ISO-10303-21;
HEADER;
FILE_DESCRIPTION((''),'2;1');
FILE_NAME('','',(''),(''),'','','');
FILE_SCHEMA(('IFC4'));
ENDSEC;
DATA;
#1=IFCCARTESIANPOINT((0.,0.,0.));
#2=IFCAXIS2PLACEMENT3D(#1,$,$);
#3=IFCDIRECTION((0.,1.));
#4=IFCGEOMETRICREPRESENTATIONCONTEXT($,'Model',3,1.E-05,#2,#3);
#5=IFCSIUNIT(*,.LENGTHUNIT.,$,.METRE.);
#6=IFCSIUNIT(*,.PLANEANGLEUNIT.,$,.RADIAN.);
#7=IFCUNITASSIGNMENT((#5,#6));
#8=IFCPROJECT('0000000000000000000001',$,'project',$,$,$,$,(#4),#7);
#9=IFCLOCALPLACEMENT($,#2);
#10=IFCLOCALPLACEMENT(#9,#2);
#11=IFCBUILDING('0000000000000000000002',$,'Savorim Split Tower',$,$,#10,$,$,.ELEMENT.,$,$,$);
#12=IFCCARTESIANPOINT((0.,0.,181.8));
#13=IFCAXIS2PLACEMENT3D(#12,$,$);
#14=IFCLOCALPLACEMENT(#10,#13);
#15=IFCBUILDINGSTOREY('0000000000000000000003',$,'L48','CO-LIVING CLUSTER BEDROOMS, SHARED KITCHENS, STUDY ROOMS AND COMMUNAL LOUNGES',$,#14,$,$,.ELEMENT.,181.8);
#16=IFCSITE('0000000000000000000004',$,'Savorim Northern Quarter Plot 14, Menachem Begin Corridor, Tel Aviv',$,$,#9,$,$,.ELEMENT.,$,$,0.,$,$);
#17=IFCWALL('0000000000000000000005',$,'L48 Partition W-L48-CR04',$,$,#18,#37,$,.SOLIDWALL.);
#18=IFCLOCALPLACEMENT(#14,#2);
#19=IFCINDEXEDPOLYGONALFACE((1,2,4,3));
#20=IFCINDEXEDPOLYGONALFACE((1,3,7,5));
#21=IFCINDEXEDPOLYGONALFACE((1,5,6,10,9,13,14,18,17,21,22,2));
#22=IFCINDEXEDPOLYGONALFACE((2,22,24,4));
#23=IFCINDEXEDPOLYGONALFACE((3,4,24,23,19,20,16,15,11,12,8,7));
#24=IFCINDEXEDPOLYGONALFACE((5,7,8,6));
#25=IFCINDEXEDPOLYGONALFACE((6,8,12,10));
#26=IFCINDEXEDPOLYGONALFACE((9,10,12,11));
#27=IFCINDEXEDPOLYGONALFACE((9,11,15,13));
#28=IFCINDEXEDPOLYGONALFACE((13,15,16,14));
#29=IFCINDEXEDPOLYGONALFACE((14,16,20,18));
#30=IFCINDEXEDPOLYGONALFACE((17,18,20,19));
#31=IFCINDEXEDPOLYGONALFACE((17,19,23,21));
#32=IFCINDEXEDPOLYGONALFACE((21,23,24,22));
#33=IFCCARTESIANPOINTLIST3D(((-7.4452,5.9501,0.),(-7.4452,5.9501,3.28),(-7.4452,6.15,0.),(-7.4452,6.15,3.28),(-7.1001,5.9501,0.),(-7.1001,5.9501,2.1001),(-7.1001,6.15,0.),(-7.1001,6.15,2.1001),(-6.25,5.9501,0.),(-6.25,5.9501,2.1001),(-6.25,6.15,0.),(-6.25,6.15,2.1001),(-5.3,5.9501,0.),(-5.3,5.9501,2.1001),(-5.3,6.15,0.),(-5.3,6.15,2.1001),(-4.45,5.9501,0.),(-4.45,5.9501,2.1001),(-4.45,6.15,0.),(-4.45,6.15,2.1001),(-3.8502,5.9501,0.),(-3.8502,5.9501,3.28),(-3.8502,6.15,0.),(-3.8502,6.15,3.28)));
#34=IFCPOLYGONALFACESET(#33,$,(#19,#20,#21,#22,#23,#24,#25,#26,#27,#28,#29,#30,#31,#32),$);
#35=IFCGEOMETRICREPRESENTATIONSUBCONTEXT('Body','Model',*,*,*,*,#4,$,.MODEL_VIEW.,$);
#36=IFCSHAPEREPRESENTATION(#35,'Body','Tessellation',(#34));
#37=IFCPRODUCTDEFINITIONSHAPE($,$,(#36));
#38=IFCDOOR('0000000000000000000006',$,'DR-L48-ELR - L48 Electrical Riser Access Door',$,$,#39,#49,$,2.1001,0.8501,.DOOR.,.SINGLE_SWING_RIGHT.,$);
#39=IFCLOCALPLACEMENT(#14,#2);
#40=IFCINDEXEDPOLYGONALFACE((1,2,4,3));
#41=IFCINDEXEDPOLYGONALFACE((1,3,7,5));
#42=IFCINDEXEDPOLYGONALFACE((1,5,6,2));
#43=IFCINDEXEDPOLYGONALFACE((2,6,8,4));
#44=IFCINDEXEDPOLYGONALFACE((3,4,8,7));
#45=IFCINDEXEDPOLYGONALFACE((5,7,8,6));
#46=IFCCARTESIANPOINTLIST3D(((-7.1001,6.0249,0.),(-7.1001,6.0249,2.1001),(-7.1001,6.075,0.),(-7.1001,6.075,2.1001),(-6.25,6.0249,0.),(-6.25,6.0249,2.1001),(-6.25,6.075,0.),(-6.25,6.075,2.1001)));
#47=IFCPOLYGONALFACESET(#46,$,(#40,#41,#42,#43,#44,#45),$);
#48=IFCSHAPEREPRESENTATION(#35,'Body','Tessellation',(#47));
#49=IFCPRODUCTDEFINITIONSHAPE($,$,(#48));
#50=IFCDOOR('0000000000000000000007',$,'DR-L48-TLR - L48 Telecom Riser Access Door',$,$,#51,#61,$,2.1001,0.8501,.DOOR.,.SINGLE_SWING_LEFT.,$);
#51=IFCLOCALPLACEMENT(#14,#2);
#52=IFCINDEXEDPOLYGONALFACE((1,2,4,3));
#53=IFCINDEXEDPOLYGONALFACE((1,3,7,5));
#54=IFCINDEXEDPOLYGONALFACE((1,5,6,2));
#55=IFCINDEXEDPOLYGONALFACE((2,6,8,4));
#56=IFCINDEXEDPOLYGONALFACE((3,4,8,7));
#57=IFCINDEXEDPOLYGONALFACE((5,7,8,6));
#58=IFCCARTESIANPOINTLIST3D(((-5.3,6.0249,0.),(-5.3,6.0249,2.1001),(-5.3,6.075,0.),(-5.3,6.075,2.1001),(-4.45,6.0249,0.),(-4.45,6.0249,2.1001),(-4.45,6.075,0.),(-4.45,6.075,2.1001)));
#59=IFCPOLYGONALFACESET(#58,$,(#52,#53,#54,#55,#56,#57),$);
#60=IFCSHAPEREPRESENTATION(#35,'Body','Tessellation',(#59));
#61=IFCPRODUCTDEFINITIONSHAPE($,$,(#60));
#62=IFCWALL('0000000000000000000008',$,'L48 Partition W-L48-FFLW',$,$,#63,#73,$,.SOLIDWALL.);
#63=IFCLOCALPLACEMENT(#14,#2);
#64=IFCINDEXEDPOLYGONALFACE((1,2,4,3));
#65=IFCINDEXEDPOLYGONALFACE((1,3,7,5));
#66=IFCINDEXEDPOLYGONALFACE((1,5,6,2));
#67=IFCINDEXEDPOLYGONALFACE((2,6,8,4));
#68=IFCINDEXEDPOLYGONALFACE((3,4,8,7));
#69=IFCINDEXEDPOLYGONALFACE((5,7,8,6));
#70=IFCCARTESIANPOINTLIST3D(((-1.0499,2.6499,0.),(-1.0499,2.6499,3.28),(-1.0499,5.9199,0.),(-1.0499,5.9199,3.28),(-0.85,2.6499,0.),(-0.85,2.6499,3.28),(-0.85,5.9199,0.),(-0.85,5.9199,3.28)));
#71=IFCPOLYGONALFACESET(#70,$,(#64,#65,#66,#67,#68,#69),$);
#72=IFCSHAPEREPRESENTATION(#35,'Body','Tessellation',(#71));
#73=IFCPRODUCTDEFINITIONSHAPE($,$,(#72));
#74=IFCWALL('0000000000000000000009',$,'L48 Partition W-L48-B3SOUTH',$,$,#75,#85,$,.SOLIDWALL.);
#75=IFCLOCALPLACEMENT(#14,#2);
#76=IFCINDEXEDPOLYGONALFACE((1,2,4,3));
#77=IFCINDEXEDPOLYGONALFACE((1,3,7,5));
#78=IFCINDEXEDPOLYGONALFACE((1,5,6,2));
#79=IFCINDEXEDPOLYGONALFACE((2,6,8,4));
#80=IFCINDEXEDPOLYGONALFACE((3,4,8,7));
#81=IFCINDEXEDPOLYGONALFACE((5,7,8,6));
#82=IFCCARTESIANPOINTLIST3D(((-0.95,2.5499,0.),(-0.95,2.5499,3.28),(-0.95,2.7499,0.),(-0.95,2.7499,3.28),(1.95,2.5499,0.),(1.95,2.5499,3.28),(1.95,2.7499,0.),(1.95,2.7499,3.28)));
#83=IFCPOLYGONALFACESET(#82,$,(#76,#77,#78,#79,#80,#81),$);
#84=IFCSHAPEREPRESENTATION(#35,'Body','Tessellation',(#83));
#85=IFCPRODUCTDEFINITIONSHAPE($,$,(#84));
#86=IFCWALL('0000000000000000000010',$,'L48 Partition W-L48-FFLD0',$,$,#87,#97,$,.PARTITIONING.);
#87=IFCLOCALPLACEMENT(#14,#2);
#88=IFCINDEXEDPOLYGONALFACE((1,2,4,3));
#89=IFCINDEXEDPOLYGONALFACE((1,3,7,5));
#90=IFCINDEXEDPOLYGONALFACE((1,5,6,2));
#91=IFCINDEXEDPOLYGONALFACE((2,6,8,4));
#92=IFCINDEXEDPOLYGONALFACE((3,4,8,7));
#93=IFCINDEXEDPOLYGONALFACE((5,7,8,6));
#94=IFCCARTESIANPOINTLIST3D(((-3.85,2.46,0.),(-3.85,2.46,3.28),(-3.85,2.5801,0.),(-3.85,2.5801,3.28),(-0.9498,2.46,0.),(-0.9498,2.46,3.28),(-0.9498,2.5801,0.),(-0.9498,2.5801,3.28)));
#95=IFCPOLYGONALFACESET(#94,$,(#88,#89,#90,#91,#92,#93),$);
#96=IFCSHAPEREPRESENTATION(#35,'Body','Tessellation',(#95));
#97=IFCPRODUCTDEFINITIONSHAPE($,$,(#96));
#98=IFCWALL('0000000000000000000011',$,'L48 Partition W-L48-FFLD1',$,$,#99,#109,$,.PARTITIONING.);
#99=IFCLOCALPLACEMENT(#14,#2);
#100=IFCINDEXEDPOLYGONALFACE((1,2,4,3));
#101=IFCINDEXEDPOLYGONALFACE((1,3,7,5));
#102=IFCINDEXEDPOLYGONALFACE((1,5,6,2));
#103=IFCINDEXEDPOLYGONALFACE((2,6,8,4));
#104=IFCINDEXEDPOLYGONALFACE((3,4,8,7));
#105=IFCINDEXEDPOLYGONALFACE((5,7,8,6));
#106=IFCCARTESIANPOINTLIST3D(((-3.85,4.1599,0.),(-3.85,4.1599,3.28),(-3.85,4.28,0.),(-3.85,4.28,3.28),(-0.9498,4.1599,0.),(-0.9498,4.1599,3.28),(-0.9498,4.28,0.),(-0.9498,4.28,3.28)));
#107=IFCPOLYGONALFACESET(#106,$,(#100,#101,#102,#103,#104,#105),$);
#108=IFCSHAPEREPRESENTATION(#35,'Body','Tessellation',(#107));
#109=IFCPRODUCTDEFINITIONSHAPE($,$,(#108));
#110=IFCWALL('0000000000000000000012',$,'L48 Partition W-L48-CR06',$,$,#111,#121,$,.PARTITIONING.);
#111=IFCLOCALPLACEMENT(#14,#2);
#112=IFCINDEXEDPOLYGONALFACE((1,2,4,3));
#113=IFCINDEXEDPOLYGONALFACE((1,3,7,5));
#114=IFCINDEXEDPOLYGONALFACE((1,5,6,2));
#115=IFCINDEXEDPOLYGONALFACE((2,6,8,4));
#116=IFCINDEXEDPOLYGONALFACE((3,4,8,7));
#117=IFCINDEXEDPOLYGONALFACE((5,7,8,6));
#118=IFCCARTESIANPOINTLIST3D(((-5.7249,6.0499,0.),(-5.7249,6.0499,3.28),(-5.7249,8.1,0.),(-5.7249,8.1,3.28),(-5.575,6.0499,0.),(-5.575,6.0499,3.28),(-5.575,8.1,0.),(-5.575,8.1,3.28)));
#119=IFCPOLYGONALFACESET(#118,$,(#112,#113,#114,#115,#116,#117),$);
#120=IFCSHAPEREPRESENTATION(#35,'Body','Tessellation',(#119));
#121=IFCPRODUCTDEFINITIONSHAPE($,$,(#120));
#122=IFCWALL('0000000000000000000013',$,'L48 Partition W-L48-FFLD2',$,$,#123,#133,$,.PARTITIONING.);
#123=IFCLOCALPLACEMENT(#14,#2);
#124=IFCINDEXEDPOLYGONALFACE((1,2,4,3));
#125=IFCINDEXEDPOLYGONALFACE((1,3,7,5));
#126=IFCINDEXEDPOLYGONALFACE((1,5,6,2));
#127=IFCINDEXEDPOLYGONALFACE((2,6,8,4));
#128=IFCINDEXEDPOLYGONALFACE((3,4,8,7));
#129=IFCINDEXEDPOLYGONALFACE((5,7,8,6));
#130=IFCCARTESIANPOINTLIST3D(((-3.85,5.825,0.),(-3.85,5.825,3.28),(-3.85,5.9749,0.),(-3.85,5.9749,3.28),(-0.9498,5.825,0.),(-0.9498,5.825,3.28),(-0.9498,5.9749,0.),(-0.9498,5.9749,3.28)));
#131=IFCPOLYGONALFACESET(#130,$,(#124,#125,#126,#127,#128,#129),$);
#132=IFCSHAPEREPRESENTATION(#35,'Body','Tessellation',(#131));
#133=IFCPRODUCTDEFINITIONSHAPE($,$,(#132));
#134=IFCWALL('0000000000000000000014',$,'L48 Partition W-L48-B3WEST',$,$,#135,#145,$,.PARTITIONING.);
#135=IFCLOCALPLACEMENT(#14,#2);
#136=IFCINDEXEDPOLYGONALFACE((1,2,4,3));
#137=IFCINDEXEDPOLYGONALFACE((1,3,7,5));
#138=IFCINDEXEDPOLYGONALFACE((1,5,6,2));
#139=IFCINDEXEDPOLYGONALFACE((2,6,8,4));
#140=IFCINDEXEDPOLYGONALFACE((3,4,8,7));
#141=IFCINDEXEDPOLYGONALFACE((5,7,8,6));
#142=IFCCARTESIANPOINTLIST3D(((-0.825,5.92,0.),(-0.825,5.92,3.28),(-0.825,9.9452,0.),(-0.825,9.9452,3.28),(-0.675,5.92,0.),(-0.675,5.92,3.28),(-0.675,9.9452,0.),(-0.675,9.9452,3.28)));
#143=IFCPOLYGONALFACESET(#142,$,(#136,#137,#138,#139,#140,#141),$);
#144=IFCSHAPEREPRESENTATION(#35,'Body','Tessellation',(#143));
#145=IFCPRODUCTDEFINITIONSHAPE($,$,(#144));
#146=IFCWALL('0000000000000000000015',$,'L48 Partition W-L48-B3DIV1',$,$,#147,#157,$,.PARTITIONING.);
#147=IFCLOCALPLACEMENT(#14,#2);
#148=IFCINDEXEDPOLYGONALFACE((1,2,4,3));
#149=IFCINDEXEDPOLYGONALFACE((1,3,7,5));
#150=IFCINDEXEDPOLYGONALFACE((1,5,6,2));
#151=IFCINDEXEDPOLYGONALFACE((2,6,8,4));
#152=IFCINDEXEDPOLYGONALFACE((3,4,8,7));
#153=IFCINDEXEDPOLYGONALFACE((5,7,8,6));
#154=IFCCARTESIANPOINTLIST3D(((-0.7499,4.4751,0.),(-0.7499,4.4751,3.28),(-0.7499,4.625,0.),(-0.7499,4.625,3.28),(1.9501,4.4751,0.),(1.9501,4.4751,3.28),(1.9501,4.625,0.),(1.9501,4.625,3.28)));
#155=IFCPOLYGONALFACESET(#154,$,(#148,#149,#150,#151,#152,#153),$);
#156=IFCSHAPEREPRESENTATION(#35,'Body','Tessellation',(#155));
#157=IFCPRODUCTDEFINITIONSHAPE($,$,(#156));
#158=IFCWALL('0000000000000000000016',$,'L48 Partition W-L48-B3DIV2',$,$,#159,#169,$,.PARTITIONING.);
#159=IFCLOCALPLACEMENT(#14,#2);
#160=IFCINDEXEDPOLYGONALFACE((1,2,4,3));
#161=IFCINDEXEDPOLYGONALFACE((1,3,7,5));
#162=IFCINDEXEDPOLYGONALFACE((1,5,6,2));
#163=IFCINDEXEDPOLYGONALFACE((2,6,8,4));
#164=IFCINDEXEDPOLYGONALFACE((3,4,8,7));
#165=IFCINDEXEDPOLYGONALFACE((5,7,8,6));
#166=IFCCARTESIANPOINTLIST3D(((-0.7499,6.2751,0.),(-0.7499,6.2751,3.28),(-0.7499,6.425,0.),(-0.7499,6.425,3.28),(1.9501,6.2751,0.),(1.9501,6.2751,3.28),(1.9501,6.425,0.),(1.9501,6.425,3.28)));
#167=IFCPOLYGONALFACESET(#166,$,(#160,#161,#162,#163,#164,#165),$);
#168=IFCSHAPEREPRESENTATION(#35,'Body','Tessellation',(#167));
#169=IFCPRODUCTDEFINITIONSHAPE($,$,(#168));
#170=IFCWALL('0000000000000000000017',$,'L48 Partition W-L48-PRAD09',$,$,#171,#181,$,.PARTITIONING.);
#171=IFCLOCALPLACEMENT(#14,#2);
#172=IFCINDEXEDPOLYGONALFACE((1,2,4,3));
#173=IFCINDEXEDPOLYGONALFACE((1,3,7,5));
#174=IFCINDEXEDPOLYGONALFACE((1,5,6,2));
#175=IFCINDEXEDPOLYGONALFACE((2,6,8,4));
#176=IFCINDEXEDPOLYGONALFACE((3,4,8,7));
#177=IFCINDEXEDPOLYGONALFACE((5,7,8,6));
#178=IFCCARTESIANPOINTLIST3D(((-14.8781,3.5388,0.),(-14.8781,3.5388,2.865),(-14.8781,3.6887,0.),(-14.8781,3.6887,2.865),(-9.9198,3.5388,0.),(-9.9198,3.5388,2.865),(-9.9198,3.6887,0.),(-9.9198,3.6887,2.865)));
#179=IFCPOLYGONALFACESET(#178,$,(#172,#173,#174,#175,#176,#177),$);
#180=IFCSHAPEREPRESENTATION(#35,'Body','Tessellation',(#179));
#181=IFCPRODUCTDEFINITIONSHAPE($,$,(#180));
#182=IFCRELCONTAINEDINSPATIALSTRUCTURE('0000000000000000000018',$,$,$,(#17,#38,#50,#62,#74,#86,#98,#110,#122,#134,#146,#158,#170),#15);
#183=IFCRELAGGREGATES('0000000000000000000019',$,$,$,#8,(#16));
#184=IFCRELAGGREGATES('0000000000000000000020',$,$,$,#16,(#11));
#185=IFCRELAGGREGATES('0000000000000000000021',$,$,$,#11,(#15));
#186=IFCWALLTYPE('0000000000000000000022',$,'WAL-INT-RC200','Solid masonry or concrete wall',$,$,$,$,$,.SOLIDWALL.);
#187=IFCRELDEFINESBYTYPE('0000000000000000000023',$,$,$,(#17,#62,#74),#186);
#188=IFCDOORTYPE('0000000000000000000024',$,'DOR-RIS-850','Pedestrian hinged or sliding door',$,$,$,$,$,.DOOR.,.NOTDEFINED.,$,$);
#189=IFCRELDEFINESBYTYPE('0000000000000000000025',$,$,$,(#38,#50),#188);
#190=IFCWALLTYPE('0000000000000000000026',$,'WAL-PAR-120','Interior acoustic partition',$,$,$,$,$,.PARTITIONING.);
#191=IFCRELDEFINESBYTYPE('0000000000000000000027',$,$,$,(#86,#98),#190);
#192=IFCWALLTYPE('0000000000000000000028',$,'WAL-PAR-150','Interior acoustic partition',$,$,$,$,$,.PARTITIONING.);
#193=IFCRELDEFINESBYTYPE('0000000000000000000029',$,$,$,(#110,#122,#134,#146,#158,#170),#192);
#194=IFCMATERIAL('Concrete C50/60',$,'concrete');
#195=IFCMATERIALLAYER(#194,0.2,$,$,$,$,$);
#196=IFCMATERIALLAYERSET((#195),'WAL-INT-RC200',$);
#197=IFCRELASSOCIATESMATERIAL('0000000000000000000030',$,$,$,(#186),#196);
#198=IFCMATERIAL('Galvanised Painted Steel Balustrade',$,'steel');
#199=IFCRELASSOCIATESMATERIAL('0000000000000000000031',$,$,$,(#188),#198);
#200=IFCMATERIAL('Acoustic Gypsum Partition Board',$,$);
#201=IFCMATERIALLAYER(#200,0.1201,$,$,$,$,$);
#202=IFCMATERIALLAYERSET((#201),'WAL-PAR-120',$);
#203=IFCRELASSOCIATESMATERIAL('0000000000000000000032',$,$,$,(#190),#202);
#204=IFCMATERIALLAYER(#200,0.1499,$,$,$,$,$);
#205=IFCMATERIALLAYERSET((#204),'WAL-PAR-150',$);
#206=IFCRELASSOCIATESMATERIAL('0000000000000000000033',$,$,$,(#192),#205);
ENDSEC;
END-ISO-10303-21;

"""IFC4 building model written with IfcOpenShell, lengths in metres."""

from ifc_helpers import new_model, si_unit, direction, frame, frame_2d, origin, place, context, subcontext, project, spatial, rectangle, extrude, material, layer, layer_set, type_object, element, fill, save


model = new_model("IFC4")

# Units and contexts
model_context = context("Model", 3, precision=1e-05, world=origin(), true_north=direction((0.0, 1.0)))
body_context = subcontext(model_context, "Body", "Model", "MODEL_VIEW")
ifc_project = project(units=[si_unit("LENGTHUNIT", "METRE"), si_unit("PLANEANGLEUNIT", "RADIAN")], contexts=[model_context])

# Site, building, storey
site_placement = place(None, origin())
site = spatial("IfcSite", under=ifc_project, at=site_placement, Name="Savorim Northern Quarter Plot 14, Menachem Begin Corridor, Tel Aviv", CompositionType="ELEMENT", RefElevation=0.0)
building_placement = place(site_placement, origin())
building = spatial("IfcBuilding", under=site, at=building_placement, Name="Savorim Split Tower", CompositionType="ELEMENT")
storey_placement = place(building_placement, frame((0.0, 0.0, 181.8)))
storey = spatial("IfcBuildingStorey", under=building, at=storey_placement, Name="L48", Description="CO-LIVING CLUSTER BEDROOMS, SHARED KITCHENS, STUDY ROOMS AND COMMUNAL LOUNGES", CompositionType="ELEMENT", Elevation=181.8)

# Wall, openings, doors
ifc_material_1 = material(Name="Concrete C50/60", Category="concrete")
ifc_layer_1 = layer(ifc_material_1, 0.2)
ifc_layer_set_1 = layer_set([ifc_layer_1], Name="WAL-INT-RC200")
wall_type_1 = type_object("IfcWallType", Name="WAL-INT-RC200", Description="Solid masonry or concrete wall", PredefinedType="SOLIDWALL", material=ifc_layer_set_1)
wall_1_placement = place(storey_placement, frame((-7.4451, 6.05, 0.0), z_axis=(0.0, 0.0, 1.0), x_axis=(1.0, 0.0, 0.0)))
wall_1 = element("IfcWall", 1, at=wall_1_placement, inside=storey, type_object=wall_type_1, Name="L48 Partition W-L48-CR04", PredefinedType="SOLIDWALL", context=body_context, shape_type="SweptSolid", body=[
    extrude(rectangle(XDim=3.595, YDim=0.2, at=frame_2d((1.7974, 0.0))), origin(), (0.0, 0.0, 1.0), 3.28),
])
opening_1_placement = place(wall_1_placement, frame((0.345, 0.0, 0.0)))
opening_1 = element("IfcOpeningElement", 2, at=opening_1_placement, cuts=wall_1, PredefinedType="OPENING", context=body_context, shape_type="SweptSolid", body=[
    extrude(rectangle(XDim=0.8501, YDim=2.1001, at=frame_2d((0.425, 1.05))), frame((0.0, 0.1099, 0.0), z_axis=(0.0, -1.0, 0.0), x_axis=(1.0, 0.0, 0.0)), (0.0, 0.0, 1.0), 0.22),
])
opening_2_placement = place(wall_1_placement, frame((2.145, 0.0, 0.0)))
opening_2 = element("IfcOpeningElement", 3, at=opening_2_placement, cuts=wall_1, PredefinedType="OPENING", context=body_context, shape_type="SweptSolid", body=[
    extrude(rectangle(XDim=0.8501, YDim=2.1001, at=frame_2d((0.425, 1.05))), frame((0.0, 0.1099, 0.0), z_axis=(0.0, -1.0, 0.0), x_axis=(1.0, 0.0, 0.0)), (0.0, 0.0, 1.0), 0.22),
])
ifc_material_2 = material(Name="Galvanised Painted Steel Balustrade", Category="steel")
door_type = type_object("IfcDoorType", Name="DOR-RIS-850", Description="Pedestrian hinged or sliding door", OperationType="NOTDEFINED", PredefinedType="DOOR", material=ifc_material_2)
door_1_placement = place(opening_1_placement, origin())
door_1 = element("IfcDoor", 4, at=door_1_placement, inside=storey, type_object=door_type, Name="DR-L48-ELR - L48 Electrical Riser Access Door", OperationType="SINGLE_SWING_RIGHT", OverallHeight=2.1001, OverallWidth=0.8501, PredefinedType="DOOR", context=body_context, shape_type="SweptSolid", body=[
    extrude(rectangle(XDim=0.8501, YDim=2.1001, at=frame_2d((0.425, 1.05))), frame((0.0, 0.0249, 0.0), z_axis=(0.0, -1.0, 0.0), x_axis=(1.0, 0.0, 0.0)), (0.0, 0.0, 1.0), 0.05),
])
fill(opening_1, door_1)
door_2_placement = place(opening_2_placement, origin())
door_2 = element("IfcDoor", 5, at=door_2_placement, inside=storey, type_object=door_type, Name="DR-L48-TLR - L48 Telecom Riser Access Door", OperationType="SINGLE_SWING_LEFT", OverallHeight=2.1001, OverallWidth=0.8501, PredefinedType="DOOR", context=body_context, shape_type="SweptSolid", body=[
    extrude(rectangle(XDim=0.8501, YDim=2.1001, at=frame_2d((0.425, 1.05))), frame((0.0, 0.0249, 0.0), z_axis=(0.0, -1.0, 0.0), x_axis=(1.0, 0.0, 0.0)), (0.0, 0.0, 1.0), 0.05),
])
fill(opening_2, door_2)

# Walls
wall_2_placement = place(storey_placement, frame((-0.95, 2.6499, 0.0), z_axis=(0.0, 0.0, 1.0), x_axis=(0.0, 1.0, 0.0)))
element("IfcWall", 6, at=wall_2_placement, inside=storey, type_object=wall_type_1, Name="L48 Partition W-L48-FFLW", PredefinedType="SOLIDWALL", context=body_context, shape_type="SweptSolid", body=[
    extrude(rectangle(XDim=3.27, YDim=0.2, at=frame_2d((1.635, 0.0))), origin(), (0.0, 0.0, 1.0), 3.28),
])
wall_3_placement = place(storey_placement, frame((-0.95, 2.6499, 0.0), z_axis=(0.0, 0.0, 1.0), x_axis=(1.0, 0.0, 0.0)))
element("IfcWall", 7, at=wall_3_placement, inside=storey, type_object=wall_type_1, Name="L48 Partition W-L48-B3SOUTH", PredefinedType="SOLIDWALL", context=body_context, shape_type="SweptSolid", body=[
    extrude(rectangle(XDim=2.8999, YDim=0.2, at=frame_2d((1.45, 0.0))), origin(), (0.0, 0.0, 1.0), 3.28),
])
ifc_material_3 = material(Name="Acoustic Gypsum Partition Board")
ifc_layer_2 = layer(ifc_material_3, 0.1201)
ifc_layer_set_2 = layer_set([ifc_layer_2], Name="WAL-PAR-120")
wall_type_2 = type_object("IfcWallType", Name="WAL-PAR-120", Description="Interior acoustic partition", PredefinedType="PARTITIONING", material=ifc_layer_set_2)
for number, where, z_axis, x_axis, name in (
    (8, (-3.8501, 2.52, 0.0), (0.0, 0.0, 1.0), (1.0, 0.0, 0.0), "L48 Partition W-L48-FFLD0"),
    (9, (-3.8501, 4.22, 0.0), (0.0, 0.0, 1.0), (1.0, 0.0, 0.0), "L48 Partition W-L48-FFLD1"),
):
    element("IfcWall", number, at=place(storey_placement, frame(where, z_axis=z_axis, x_axis=x_axis)), inside=storey, type_object=wall_type_2, Name=name, PredefinedType="PARTITIONING", context=body_context, shape_type="SweptSolid", body=[
        extrude(rectangle(XDim=2.9001, YDim=0.1201, at=frame_2d((1.4502, 0.0))), origin(), (0.0, 0.0, 1.0), 3.28),
    ])
ifc_layer_3 = layer(ifc_material_3, 0.1499)
ifc_layer_set_3 = layer_set([ifc_layer_3], Name="WAL-PAR-150")
wall_type_3 = type_object("IfcWallType", Name="WAL-PAR-150", Description="Interior acoustic partition", PredefinedType="PARTITIONING", material=ifc_layer_set_3)
wall_4_placement = place(storey_placement, frame((-5.6499, 6.05, 0.0), z_axis=(0.0, 0.0, 1.0), x_axis=(0.0, 1.0, 0.0)))
element("IfcWall", 10, at=wall_4_placement, inside=storey, type_object=wall_type_3, Name="L48 Partition W-L48-CR06", PredefinedType="PARTITIONING", context=body_context, shape_type="SweptSolid", body=[
    extrude(rectangle(XDim=2.05, YDim=0.1499, at=frame_2d((1.0249, 0.0))), origin(), (0.0, 0.0, 1.0), 3.28),
])
wall_5_placement = place(storey_placement, frame((-3.8501, 5.8999, 0.0), z_axis=(0.0, 0.0, 1.0), x_axis=(1.0, 0.0, 0.0)))
element("IfcWall", 11, at=wall_5_placement, inside=storey, type_object=wall_type_3, Name="L48 Partition W-L48-FFLD2", PredefinedType="PARTITIONING", context=body_context, shape_type="SweptSolid", body=[
    extrude(rectangle(XDim=2.9001, YDim=0.1499, at=frame_2d((1.4502, 0.0))), origin(), (0.0, 0.0, 1.0), 3.28),
])
wall_6_placement = place(storey_placement, frame((-0.75, 5.9199, 0.0), z_axis=(0.0, 0.0, 1.0), x_axis=(0.0, 1.0, 0.0)))
element("IfcWall", 12, at=wall_6_placement, inside=storey, type_object=wall_type_3, Name="L48 Partition W-L48-B3WEST", PredefinedType="PARTITIONING", context=body_context, shape_type="SweptSolid", body=[
    extrude(rectangle(XDim=4.0251, YDim=0.1499, at=frame_2d((2.0127, 0.0))), origin(), (0.0, 0.0, 1.0), 3.28),
])
for number, where, z_axis, x_axis, name in (
    (13, (-0.75, 4.55, 0.0), (0.0, 0.0, 1.0), (1.0, 0.0, 0.0), "L48 Partition W-L48-B3DIV1"),
    (14, (-0.75, 6.3501, 0.0), (0.0, 0.0, 1.0), (1.0, 0.0, 0.0), "L48 Partition W-L48-B3DIV2"),
):
    element("IfcWall", number, at=place(storey_placement, frame(where, z_axis=z_axis, x_axis=x_axis)), inside=storey, type_object=wall_type_3, Name=name, PredefinedType="PARTITIONING", context=body_context, shape_type="SweptSolid", body=[
        extrude(rectangle(XDim=2.7, YDim=0.1499, at=frame_2d((1.3501, 0.0))), origin(), (0.0, 0.0, 1.0), 3.28),
    ])
wall_7_placement = place(storey_placement, frame((-9.9199, 3.6138, 0.0), z_axis=(0.0, 0.0, 1.0), x_axis=(-1.0, 0.0, 0.0)))
element("IfcWall", 15, at=wall_7_placement, inside=storey, type_object=wall_type_3, Name="L48 Partition W-L48-PRAD09", PredefinedType="PARTITIONING", context=body_context, shape_type="SweptSolid", body=[
    extrude(rectangle(XDim=4.9583, YDim=0.1499, at=frame_2d((2.479, 0.0))), origin(), (0.0, 0.0, 1.0), 2.865),
])

save(model, "model.ifc")
